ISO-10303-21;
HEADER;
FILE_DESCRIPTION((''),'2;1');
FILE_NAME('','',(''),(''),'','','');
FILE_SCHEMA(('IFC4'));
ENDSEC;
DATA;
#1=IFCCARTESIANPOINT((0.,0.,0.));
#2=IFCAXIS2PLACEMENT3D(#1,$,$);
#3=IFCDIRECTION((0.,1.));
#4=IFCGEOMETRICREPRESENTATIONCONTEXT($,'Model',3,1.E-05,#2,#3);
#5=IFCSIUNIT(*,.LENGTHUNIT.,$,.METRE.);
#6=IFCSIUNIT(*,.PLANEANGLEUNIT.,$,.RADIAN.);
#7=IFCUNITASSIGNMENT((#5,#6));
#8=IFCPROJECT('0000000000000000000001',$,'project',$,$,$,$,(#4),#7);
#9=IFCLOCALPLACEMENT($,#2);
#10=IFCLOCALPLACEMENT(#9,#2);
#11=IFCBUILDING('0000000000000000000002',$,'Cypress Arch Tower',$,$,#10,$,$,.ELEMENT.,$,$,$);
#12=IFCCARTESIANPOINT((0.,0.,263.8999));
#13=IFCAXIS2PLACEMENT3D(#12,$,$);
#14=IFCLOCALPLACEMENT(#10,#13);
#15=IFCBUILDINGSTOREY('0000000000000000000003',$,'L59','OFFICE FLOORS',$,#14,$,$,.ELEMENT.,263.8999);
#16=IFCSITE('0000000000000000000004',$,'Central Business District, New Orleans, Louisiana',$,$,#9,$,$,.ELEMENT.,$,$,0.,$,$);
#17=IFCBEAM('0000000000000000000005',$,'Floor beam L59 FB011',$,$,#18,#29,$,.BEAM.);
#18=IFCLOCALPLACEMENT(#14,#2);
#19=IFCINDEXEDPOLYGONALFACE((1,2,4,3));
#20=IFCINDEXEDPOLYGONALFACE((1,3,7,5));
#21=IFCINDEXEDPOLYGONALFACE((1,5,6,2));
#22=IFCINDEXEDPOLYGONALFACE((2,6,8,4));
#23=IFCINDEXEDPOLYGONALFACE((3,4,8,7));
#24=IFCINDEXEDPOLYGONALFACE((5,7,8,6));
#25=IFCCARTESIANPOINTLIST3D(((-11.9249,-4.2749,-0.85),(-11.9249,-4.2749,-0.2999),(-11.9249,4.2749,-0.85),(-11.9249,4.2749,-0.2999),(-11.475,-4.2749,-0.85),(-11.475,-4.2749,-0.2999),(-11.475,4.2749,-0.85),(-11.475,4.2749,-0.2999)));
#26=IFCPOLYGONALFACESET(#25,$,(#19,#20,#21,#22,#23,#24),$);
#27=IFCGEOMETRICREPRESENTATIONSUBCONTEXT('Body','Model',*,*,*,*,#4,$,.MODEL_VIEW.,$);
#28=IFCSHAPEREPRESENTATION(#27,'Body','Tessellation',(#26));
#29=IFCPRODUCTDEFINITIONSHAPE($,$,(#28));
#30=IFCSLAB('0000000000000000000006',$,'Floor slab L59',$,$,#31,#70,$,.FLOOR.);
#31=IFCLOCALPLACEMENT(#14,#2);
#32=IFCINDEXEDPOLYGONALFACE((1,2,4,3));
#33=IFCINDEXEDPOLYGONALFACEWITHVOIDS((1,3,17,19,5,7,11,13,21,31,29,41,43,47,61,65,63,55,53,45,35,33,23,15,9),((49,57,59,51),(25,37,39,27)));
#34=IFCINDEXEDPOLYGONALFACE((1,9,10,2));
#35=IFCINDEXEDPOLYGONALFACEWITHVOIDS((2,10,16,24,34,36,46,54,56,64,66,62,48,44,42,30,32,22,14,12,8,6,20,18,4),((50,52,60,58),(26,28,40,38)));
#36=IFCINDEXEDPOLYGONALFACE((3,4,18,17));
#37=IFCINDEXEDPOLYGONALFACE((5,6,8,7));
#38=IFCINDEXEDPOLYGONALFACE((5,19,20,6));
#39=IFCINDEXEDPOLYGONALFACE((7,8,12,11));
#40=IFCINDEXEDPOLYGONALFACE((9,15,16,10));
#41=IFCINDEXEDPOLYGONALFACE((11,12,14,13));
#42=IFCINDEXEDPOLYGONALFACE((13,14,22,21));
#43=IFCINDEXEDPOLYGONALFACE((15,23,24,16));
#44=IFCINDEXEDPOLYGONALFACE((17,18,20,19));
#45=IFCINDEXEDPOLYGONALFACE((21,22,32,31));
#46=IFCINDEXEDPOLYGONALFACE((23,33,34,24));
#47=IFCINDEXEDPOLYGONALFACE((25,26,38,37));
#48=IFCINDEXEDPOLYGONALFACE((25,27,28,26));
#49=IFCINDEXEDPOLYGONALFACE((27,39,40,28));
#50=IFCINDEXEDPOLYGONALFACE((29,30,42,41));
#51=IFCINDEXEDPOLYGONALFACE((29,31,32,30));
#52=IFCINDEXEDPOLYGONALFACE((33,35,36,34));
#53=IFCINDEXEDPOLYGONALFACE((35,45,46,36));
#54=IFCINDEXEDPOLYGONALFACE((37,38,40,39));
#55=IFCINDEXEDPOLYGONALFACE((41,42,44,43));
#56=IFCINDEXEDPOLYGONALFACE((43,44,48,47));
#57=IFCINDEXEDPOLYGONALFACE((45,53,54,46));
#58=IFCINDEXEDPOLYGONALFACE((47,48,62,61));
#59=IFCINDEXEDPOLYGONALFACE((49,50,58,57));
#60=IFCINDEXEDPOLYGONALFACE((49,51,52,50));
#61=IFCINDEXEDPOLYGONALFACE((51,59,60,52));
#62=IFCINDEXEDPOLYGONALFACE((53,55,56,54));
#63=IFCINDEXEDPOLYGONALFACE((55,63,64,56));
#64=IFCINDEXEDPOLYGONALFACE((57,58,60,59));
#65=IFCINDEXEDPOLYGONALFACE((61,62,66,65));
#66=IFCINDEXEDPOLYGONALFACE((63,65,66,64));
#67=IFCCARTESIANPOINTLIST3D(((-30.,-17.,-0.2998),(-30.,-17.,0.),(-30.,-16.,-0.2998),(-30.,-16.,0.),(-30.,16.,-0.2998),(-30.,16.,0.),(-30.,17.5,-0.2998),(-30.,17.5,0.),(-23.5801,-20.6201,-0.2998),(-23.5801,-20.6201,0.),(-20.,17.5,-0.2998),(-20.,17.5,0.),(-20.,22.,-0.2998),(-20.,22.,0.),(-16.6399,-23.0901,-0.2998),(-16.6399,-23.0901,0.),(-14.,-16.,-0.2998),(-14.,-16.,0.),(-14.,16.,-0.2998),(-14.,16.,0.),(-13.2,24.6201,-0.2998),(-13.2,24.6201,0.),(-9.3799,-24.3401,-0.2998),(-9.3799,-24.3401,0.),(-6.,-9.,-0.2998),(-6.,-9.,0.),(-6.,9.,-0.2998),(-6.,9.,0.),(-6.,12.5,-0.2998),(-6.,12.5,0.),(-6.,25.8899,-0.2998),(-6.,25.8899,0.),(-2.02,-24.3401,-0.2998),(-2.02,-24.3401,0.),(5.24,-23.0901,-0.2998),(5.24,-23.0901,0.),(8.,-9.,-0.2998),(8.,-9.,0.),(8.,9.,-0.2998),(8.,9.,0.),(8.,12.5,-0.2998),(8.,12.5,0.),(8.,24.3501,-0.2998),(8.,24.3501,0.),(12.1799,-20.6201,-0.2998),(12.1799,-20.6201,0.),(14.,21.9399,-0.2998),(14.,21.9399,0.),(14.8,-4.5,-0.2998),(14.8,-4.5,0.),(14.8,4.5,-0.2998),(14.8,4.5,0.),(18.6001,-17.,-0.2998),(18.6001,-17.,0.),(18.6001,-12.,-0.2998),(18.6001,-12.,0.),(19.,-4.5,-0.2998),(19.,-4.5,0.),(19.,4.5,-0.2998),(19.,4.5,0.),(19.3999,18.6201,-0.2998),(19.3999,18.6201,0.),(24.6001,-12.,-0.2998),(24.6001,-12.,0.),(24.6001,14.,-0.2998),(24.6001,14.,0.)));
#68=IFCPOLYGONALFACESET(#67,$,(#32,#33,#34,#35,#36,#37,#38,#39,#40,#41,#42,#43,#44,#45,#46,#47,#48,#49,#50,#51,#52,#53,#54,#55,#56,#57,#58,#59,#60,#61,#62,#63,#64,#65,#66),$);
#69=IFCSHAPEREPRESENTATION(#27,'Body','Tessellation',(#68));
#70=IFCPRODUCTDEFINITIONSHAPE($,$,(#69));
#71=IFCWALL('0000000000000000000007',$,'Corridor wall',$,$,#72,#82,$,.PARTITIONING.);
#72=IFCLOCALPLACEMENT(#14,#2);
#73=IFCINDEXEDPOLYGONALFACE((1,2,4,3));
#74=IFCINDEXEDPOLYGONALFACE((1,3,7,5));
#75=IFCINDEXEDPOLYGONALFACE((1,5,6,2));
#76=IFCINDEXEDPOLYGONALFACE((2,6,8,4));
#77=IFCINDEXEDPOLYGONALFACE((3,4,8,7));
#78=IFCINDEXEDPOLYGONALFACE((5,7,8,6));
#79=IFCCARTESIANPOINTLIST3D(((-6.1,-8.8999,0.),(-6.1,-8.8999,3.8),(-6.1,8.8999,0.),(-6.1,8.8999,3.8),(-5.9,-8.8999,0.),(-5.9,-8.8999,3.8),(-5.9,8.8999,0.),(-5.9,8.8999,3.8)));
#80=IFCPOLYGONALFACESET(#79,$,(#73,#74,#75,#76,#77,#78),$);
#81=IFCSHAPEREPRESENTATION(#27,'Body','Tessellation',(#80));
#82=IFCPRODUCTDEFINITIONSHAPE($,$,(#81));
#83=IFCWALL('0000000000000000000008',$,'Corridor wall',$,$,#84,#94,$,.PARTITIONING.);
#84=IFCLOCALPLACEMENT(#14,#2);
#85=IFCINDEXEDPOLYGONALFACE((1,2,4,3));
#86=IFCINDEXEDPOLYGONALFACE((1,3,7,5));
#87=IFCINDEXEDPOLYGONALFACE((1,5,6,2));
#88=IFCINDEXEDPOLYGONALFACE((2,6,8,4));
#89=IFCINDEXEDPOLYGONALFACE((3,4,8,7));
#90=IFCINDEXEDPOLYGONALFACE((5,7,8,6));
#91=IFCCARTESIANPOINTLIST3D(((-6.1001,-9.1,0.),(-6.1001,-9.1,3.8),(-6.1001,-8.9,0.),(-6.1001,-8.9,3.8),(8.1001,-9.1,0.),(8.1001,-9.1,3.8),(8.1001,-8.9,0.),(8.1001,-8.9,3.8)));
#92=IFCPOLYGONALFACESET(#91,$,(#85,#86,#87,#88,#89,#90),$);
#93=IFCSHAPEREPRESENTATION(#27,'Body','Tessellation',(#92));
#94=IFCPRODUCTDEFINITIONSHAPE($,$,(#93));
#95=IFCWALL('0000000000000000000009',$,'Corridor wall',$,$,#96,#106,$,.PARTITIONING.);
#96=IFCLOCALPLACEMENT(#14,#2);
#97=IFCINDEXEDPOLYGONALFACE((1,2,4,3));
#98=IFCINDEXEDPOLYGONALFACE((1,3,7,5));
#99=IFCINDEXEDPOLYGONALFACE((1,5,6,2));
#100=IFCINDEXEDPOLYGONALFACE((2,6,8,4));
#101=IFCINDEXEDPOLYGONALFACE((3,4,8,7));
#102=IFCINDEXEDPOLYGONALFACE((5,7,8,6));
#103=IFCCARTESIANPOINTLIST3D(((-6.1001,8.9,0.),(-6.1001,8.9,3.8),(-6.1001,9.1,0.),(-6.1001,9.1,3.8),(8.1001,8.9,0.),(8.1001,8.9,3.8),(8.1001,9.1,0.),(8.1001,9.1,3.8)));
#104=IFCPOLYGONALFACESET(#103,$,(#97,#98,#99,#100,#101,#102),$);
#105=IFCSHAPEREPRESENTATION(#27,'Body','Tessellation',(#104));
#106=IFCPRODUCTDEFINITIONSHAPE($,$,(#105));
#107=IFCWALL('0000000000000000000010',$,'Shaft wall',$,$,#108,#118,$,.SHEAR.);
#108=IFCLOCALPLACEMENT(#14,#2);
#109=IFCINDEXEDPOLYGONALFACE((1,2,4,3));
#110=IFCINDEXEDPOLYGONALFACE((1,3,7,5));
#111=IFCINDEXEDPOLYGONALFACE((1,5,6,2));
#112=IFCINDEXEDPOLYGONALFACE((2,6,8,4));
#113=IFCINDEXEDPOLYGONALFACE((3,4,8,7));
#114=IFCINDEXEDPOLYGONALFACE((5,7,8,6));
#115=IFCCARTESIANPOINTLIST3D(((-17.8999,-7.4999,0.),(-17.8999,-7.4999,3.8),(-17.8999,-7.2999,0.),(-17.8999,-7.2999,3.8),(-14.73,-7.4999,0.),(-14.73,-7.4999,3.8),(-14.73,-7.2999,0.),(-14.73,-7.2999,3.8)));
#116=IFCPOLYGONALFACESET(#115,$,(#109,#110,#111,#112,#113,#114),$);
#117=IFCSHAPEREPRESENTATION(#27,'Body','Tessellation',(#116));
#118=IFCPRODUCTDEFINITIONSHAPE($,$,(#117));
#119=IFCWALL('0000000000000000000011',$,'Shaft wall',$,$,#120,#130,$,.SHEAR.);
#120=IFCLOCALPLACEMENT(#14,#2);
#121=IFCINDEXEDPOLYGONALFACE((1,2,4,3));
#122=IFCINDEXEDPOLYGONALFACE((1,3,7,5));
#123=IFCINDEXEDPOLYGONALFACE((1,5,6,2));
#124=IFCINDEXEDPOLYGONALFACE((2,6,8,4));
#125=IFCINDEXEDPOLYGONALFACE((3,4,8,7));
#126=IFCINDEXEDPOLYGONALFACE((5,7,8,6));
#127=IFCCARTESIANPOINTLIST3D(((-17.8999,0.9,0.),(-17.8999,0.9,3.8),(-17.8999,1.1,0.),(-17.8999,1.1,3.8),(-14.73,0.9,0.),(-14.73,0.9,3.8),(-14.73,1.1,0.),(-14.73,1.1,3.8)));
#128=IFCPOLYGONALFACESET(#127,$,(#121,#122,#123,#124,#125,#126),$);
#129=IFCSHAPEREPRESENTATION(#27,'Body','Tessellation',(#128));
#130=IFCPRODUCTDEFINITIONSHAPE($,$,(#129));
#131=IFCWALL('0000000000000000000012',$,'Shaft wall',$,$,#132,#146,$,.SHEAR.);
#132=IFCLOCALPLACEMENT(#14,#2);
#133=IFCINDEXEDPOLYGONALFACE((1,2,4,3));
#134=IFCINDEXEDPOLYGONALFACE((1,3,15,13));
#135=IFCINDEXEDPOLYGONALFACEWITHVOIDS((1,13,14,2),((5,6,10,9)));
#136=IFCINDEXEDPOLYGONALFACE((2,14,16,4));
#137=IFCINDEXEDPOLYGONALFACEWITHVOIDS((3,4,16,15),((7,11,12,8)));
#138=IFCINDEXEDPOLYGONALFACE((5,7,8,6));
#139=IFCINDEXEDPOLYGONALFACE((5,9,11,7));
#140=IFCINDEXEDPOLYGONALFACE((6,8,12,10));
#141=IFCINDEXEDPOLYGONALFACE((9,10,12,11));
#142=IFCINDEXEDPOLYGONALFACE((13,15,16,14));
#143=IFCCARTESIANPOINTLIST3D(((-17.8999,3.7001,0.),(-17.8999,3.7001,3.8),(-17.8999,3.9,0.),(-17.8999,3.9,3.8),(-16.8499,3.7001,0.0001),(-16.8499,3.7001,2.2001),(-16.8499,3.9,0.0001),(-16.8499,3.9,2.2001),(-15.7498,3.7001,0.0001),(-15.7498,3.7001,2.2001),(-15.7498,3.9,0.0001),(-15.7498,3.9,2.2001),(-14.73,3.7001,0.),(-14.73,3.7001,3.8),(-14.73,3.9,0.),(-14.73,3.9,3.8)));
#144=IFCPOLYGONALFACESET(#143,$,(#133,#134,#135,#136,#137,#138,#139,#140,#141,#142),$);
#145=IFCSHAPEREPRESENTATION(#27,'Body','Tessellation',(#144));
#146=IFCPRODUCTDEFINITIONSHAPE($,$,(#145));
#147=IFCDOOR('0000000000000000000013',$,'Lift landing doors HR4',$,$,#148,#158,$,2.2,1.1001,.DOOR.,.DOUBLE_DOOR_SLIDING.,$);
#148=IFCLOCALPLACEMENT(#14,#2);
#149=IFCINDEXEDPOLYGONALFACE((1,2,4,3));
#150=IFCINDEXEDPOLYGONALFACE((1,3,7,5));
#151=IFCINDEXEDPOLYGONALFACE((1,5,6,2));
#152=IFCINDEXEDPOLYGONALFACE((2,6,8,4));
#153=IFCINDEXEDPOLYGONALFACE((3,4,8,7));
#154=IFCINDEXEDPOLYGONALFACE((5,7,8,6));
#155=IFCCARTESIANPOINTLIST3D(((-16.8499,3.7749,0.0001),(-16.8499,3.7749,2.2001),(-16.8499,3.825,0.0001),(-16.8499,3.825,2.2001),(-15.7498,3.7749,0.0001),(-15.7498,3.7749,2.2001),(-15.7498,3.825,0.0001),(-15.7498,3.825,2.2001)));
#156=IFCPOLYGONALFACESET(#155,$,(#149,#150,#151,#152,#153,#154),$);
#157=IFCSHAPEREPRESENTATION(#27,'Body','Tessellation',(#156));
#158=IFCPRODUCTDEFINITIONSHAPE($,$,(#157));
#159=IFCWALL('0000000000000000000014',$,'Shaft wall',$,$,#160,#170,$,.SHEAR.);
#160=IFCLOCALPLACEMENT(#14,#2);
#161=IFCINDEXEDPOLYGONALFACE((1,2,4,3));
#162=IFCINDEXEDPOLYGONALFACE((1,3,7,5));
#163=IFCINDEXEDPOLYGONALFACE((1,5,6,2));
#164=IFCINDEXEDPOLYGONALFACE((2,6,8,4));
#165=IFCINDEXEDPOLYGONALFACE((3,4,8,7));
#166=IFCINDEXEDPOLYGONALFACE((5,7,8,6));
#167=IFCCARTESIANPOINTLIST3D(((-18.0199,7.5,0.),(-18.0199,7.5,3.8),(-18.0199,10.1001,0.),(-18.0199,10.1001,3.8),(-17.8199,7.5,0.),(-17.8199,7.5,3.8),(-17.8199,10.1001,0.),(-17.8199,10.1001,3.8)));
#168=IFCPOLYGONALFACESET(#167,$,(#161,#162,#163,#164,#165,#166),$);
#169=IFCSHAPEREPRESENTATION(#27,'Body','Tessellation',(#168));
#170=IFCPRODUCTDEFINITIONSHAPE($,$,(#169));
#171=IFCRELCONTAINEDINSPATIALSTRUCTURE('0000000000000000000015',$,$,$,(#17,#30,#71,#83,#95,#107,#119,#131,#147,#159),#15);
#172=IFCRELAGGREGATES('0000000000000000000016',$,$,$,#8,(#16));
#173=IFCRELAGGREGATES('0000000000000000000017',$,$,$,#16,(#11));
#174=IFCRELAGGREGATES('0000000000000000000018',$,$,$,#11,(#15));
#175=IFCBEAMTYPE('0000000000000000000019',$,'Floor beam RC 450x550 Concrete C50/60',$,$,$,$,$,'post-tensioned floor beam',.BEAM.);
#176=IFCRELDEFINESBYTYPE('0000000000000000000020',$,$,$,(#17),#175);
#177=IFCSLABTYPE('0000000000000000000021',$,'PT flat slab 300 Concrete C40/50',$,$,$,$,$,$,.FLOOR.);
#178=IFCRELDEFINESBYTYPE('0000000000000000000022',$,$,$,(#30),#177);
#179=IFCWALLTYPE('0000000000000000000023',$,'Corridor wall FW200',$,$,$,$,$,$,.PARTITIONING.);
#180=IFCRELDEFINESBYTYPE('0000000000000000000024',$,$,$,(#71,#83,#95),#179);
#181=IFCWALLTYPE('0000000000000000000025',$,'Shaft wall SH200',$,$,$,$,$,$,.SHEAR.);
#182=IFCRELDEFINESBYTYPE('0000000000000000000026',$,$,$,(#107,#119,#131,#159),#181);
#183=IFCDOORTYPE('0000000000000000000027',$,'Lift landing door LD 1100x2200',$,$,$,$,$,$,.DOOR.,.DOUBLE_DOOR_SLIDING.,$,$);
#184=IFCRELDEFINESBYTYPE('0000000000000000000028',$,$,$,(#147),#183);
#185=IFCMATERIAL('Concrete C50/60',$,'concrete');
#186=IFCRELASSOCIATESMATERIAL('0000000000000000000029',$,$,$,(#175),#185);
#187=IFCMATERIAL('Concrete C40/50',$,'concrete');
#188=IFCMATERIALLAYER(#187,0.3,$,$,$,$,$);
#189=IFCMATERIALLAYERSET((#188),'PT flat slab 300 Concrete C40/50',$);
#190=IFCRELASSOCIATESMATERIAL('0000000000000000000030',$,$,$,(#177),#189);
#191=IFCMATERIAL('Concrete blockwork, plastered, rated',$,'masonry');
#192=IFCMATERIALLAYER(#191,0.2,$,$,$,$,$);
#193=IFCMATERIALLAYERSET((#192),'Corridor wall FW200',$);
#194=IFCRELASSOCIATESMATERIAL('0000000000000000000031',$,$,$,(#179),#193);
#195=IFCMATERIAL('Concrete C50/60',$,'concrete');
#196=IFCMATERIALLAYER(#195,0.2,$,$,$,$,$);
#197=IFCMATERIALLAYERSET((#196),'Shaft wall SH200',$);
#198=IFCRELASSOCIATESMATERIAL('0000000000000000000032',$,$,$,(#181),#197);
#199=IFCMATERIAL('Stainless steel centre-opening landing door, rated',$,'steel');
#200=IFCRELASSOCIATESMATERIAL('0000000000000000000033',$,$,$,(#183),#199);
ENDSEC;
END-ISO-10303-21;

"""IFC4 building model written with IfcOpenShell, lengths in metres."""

from ifc_helpers import new_model, si_unit, direction, frame, frame_2d, origin, origin_2d, place, context, subcontext, project, spatial, polyline, rectangle, outline, extrude, material, layer, layer_set, material_profile, profile_set, type_object, element, fill, save


model = new_model("IFC4")

# Units and contexts
model_context = context("Model", 3, precision=1e-05, world=origin(), true_north=direction((0.0, 1.0)))
body_context = subcontext(model_context, "Body", "Model", "MODEL_VIEW")
ifc_project = project(units=[si_unit("LENGTHUNIT", "METRE"), si_unit("PLANEANGLEUNIT", "RADIAN")], contexts=[model_context])

# Site, building, storey
site_placement = place(None, origin())
site = spatial("IfcSite", under=ifc_project, at=site_placement, Name="Central Business District, New Orleans, Louisiana", CompositionType="ELEMENT", RefElevation=0.0)
building_placement = place(site_placement, origin())
building = spatial("IfcBuilding", under=site, at=building_placement, Name="Cypress Arch Tower", CompositionType="ELEMENT")
storey_placement = place(building_placement, frame((0.0, 0.0, 263.8999)))
storey = spatial("IfcBuildingStorey", under=building, at=storey_placement, Name="L59", Description="OFFICE FLOORS", CompositionType="ELEMENT", Elevation=263.8999)

# Beam
ifc_material_1 = material(Name="Concrete C50/60", Category="concrete")
ifc_material_profile_1 = material_profile(ifc_material_1, rectangle(XDim=0.45, YDim=0.55, at=origin_2d()), Name="RC 450x550")
ifc_profile_set_1 = profile_set([ifc_material_profile_1], Name="Concrete C50/60")
beam_type = type_object("IfcBeamType", Name="Floor beam RC 450x550 Concrete C50/60", ElementType="post-tensioned floor beam", PredefinedType="BEAM", material=ifc_profile_set_1)
beam_placement = place(storey_placement, frame((-11.7, -4.2749, -0.575), z_axis=(0.0, 1.0, 0.0), x_axis=(-1.0, 0.0, 0.0)))
element("IfcBeam", 1, at=beam_placement, inside=storey, type_object=beam_type, Name="Floor beam L59 FB011", PredefinedType="BEAM", context=body_context, shape_type="SweptSolid", body=[
    extrude(rectangle(XDim=0.45, YDim=0.55, at=origin_2d()), origin(), (0.0, 0.0, 1.0), 8.5498),
])

# Slab
ifc_material_2 = material(Name="Concrete C40/50", Category="concrete")
ifc_layer_1 = layer(ifc_material_2, 0.3)
ifc_layer_set_1 = layer_set([ifc_layer_1], Name="PT flat slab 300 Concrete C40/50")
slab_type = type_object("IfcSlabType", Name="PT flat slab 300 Concrete C40/50", PredefinedType="FLOOR", material=ifc_layer_set_1)
slab_placement = place(storey_placement, frame((0.0, 0.0, -0.2998)))
element("IfcSlab", 2, at=slab_placement, inside=storey, type_object=slab_type, Name="Floor slab L59", PredefinedType="FLOOR", context=body_context, shape_type="SweptSolid", body=[
    extrude(outline(polyline([(-30.0, 17.5), (-20.0, 17.5), (-20.0, 22.0), (-13.2, 24.6201), (-6.0, 25.8899), (-6.0, 12.5), (8.0, 12.5), (8.0, 24.3501), (14.0, 21.9399), (19.3999, 18.6201), (24.6001, 14.0), (24.6001, -12.0), (18.6001, -12.0), (18.6001, -17.0), (12.1799, -20.6201), (5.24, -23.0901), (-2.02, -24.3401), (-9.3799, -24.3401), (-16.6399, -23.0901), (-23.5801, -20.6201), (-30.0, -17.0), (-30.0, -16.0), (-14.0, -16.0), (-14.0, 16.0), (-30.0, 16.0), (-30.0, 17.5)]), holes=[polyline([(-6.0, -9.0), (8.0, -9.0), (8.0, 9.0), (-6.0, 9.0), (-6.0, -9.0)]), polyline([(14.8, -4.5), (19.0, -4.5), (19.0, 4.5), (14.8, 4.5), (14.8, -4.5)])]), origin(), (0.0, 0.0, 1.0), 0.2998),
])

# Walls
ifc_material_3 = material(Name="Concrete blockwork, plastered, rated", Category="masonry")
ifc_layer_2 = layer(ifc_material_3, 0.2)
ifc_layer_set_2 = layer_set([ifc_layer_2], Name="Corridor wall FW200")
wall_type_1 = type_object("IfcWallType", Name="Corridor wall FW200", PredefinedType="PARTITIONING", material=ifc_layer_set_2)
wall_1_placement = place(storey_placement, frame((-6.0, -8.8999, 0.0), z_axis=(0.0, 0.0, 1.0), x_axis=(0.0, 1.0, 0.0)))
element("IfcWall", 3, at=wall_1_placement, inside=storey, type_object=wall_type_1, Name="Corridor wall", PredefinedType="PARTITIONING", context=body_context, shape_type="SweptSolid", body=[
    extrude(rectangle(XDim=17.7998, YDim=0.2, at=frame_2d((8.8999, 0.0))), origin(), (0.0, 0.0, 1.0), 3.8),
])
for number, where, z_axis, x_axis, name in (
    (4, (-6.1001, -9.0, 0.0), (0.0, 0.0, 1.0), (1.0, 0.0, 0.0), "Corridor wall"),
    (5, (-6.1001, 9.0, 0.0), (0.0, 0.0, 1.0), (1.0, 0.0, 0.0), "Corridor wall"),
):
    element("IfcWall", number, at=place(storey_placement, frame(where, z_axis=z_axis, x_axis=x_axis)), inside=storey, type_object=wall_type_1, Name=name, PredefinedType="PARTITIONING", context=body_context, shape_type="SweptSolid", body=[
        extrude(rectangle(XDim=14.2002, YDim=0.2, at=frame_2d((7.1001, 0.0))), origin(), (0.0, 0.0, 1.0), 3.8),
    ])
ifc_material_4 = material(Name="Concrete C50/60", Category="concrete")
ifc_layer_3 = layer(ifc_material_4, 0.2)
ifc_layer_set_3 = layer_set([ifc_layer_3], Name="Shaft wall SH200")
wall_type_2 = type_object("IfcWallType", Name="Shaft wall SH200", PredefinedType="SHEAR", material=ifc_layer_set_3)
for number, where, z_axis, x_axis, name in (
    (6, (-17.8999, -7.3999, 0.0), (0.0, 0.0, 1.0), (1.0, 0.0, 0.0), "Shaft wall"),
    (7, (-17.8999, 1.0, 0.0), (0.0, 0.0, 1.0), (1.0, 0.0, 0.0), "Shaft wall"),
):
    element("IfcWall", number, at=place(storey_placement, frame(where, z_axis=z_axis, x_axis=x_axis)), inside=storey, type_object=wall_type_2, Name=name, PredefinedType="SHEAR", context=body_context, shape_type="SweptSolid", body=[
        extrude(rectangle(XDim=3.1699, YDim=0.2, at=frame_2d((1.585, 0.0))), origin(), (0.0, 0.0, 1.0), 3.8),
    ])

# Wall, opening, door
wall_2_placement = place(storey_placement, frame((-17.8999, 3.8, 0.0), z_axis=(0.0, 0.0, 1.0), x_axis=(1.0, 0.0, 0.0)))
wall_2 = element("IfcWall", 8, at=wall_2_placement, inside=storey, type_object=wall_type_2, Name="Shaft wall", PredefinedType="SHEAR", context=body_context, shape_type="SweptSolid", body=[
    extrude(rectangle(XDim=3.1699, YDim=0.2, at=frame_2d((1.585, 0.0))), origin(), (0.0, 0.0, 1.0), 3.8),
])
opening_placement = place(wall_2_placement, frame((1.05, 0.0, 0.0)))
opening = element("IfcOpeningElement", 9, at=opening_placement, cuts=wall_2, PredefinedType="OPENING", context=body_context, shape_type="SweptSolid", body=[
    extrude(rectangle(XDim=1.1001, YDim=2.2, at=frame_2d((0.55, 1.1001))), frame((0.0, 0.1099, 0.0), z_axis=(0.0, -1.0, 0.0), x_axis=(1.0, 0.0, 0.0)), (0.0, 0.0, 1.0), 0.22),
])
ifc_material_5 = material(Name="Stainless steel centre-opening landing door, rated", Category="steel")
door_type = type_object("IfcDoorType", Name="Lift landing door LD 1100x2200", OperationType="DOUBLE_DOOR_SLIDING", PredefinedType="DOOR", material=ifc_material_5)
door_placement = place(opening_placement, origin())
door = element("IfcDoor", 10, at=door_placement, inside=storey, type_object=door_type, Name="Lift landing doors HR4", OperationType="DOUBLE_DOOR_SLIDING", OverallHeight=2.2, OverallWidth=1.1001, PredefinedType="DOOR", context=body_context, shape_type="SweptSolid", body=[
    extrude(rectangle(XDim=1.1001, YDim=2.2, at=frame_2d((0.55, 1.1001))), frame((0.0, 0.0249, 0.0), z_axis=(0.0, -1.0, 0.0), x_axis=(1.0, 0.0, 0.0)), (0.0, 0.0, 1.0), 0.05),
])
fill(opening, door)

# Wall
wall_3_placement = place(storey_placement, frame((-17.9199, 7.5, 0.0), z_axis=(0.0, 0.0, 1.0), x_axis=(0.0, 1.0, 0.0)))
element("IfcWall", 11, at=wall_3_placement, inside=storey, type_object=wall_type_2, Name="Shaft wall", PredefinedType="SHEAR", context=body_context, shape_type="SweptSolid", body=[
    extrude(rectangle(XDim=2.6001, YDim=0.2, at=frame_2d((1.3, 0.0))), origin(), (0.0, 0.0, 1.0), 3.8),
])

save(model, "model.ifc")
